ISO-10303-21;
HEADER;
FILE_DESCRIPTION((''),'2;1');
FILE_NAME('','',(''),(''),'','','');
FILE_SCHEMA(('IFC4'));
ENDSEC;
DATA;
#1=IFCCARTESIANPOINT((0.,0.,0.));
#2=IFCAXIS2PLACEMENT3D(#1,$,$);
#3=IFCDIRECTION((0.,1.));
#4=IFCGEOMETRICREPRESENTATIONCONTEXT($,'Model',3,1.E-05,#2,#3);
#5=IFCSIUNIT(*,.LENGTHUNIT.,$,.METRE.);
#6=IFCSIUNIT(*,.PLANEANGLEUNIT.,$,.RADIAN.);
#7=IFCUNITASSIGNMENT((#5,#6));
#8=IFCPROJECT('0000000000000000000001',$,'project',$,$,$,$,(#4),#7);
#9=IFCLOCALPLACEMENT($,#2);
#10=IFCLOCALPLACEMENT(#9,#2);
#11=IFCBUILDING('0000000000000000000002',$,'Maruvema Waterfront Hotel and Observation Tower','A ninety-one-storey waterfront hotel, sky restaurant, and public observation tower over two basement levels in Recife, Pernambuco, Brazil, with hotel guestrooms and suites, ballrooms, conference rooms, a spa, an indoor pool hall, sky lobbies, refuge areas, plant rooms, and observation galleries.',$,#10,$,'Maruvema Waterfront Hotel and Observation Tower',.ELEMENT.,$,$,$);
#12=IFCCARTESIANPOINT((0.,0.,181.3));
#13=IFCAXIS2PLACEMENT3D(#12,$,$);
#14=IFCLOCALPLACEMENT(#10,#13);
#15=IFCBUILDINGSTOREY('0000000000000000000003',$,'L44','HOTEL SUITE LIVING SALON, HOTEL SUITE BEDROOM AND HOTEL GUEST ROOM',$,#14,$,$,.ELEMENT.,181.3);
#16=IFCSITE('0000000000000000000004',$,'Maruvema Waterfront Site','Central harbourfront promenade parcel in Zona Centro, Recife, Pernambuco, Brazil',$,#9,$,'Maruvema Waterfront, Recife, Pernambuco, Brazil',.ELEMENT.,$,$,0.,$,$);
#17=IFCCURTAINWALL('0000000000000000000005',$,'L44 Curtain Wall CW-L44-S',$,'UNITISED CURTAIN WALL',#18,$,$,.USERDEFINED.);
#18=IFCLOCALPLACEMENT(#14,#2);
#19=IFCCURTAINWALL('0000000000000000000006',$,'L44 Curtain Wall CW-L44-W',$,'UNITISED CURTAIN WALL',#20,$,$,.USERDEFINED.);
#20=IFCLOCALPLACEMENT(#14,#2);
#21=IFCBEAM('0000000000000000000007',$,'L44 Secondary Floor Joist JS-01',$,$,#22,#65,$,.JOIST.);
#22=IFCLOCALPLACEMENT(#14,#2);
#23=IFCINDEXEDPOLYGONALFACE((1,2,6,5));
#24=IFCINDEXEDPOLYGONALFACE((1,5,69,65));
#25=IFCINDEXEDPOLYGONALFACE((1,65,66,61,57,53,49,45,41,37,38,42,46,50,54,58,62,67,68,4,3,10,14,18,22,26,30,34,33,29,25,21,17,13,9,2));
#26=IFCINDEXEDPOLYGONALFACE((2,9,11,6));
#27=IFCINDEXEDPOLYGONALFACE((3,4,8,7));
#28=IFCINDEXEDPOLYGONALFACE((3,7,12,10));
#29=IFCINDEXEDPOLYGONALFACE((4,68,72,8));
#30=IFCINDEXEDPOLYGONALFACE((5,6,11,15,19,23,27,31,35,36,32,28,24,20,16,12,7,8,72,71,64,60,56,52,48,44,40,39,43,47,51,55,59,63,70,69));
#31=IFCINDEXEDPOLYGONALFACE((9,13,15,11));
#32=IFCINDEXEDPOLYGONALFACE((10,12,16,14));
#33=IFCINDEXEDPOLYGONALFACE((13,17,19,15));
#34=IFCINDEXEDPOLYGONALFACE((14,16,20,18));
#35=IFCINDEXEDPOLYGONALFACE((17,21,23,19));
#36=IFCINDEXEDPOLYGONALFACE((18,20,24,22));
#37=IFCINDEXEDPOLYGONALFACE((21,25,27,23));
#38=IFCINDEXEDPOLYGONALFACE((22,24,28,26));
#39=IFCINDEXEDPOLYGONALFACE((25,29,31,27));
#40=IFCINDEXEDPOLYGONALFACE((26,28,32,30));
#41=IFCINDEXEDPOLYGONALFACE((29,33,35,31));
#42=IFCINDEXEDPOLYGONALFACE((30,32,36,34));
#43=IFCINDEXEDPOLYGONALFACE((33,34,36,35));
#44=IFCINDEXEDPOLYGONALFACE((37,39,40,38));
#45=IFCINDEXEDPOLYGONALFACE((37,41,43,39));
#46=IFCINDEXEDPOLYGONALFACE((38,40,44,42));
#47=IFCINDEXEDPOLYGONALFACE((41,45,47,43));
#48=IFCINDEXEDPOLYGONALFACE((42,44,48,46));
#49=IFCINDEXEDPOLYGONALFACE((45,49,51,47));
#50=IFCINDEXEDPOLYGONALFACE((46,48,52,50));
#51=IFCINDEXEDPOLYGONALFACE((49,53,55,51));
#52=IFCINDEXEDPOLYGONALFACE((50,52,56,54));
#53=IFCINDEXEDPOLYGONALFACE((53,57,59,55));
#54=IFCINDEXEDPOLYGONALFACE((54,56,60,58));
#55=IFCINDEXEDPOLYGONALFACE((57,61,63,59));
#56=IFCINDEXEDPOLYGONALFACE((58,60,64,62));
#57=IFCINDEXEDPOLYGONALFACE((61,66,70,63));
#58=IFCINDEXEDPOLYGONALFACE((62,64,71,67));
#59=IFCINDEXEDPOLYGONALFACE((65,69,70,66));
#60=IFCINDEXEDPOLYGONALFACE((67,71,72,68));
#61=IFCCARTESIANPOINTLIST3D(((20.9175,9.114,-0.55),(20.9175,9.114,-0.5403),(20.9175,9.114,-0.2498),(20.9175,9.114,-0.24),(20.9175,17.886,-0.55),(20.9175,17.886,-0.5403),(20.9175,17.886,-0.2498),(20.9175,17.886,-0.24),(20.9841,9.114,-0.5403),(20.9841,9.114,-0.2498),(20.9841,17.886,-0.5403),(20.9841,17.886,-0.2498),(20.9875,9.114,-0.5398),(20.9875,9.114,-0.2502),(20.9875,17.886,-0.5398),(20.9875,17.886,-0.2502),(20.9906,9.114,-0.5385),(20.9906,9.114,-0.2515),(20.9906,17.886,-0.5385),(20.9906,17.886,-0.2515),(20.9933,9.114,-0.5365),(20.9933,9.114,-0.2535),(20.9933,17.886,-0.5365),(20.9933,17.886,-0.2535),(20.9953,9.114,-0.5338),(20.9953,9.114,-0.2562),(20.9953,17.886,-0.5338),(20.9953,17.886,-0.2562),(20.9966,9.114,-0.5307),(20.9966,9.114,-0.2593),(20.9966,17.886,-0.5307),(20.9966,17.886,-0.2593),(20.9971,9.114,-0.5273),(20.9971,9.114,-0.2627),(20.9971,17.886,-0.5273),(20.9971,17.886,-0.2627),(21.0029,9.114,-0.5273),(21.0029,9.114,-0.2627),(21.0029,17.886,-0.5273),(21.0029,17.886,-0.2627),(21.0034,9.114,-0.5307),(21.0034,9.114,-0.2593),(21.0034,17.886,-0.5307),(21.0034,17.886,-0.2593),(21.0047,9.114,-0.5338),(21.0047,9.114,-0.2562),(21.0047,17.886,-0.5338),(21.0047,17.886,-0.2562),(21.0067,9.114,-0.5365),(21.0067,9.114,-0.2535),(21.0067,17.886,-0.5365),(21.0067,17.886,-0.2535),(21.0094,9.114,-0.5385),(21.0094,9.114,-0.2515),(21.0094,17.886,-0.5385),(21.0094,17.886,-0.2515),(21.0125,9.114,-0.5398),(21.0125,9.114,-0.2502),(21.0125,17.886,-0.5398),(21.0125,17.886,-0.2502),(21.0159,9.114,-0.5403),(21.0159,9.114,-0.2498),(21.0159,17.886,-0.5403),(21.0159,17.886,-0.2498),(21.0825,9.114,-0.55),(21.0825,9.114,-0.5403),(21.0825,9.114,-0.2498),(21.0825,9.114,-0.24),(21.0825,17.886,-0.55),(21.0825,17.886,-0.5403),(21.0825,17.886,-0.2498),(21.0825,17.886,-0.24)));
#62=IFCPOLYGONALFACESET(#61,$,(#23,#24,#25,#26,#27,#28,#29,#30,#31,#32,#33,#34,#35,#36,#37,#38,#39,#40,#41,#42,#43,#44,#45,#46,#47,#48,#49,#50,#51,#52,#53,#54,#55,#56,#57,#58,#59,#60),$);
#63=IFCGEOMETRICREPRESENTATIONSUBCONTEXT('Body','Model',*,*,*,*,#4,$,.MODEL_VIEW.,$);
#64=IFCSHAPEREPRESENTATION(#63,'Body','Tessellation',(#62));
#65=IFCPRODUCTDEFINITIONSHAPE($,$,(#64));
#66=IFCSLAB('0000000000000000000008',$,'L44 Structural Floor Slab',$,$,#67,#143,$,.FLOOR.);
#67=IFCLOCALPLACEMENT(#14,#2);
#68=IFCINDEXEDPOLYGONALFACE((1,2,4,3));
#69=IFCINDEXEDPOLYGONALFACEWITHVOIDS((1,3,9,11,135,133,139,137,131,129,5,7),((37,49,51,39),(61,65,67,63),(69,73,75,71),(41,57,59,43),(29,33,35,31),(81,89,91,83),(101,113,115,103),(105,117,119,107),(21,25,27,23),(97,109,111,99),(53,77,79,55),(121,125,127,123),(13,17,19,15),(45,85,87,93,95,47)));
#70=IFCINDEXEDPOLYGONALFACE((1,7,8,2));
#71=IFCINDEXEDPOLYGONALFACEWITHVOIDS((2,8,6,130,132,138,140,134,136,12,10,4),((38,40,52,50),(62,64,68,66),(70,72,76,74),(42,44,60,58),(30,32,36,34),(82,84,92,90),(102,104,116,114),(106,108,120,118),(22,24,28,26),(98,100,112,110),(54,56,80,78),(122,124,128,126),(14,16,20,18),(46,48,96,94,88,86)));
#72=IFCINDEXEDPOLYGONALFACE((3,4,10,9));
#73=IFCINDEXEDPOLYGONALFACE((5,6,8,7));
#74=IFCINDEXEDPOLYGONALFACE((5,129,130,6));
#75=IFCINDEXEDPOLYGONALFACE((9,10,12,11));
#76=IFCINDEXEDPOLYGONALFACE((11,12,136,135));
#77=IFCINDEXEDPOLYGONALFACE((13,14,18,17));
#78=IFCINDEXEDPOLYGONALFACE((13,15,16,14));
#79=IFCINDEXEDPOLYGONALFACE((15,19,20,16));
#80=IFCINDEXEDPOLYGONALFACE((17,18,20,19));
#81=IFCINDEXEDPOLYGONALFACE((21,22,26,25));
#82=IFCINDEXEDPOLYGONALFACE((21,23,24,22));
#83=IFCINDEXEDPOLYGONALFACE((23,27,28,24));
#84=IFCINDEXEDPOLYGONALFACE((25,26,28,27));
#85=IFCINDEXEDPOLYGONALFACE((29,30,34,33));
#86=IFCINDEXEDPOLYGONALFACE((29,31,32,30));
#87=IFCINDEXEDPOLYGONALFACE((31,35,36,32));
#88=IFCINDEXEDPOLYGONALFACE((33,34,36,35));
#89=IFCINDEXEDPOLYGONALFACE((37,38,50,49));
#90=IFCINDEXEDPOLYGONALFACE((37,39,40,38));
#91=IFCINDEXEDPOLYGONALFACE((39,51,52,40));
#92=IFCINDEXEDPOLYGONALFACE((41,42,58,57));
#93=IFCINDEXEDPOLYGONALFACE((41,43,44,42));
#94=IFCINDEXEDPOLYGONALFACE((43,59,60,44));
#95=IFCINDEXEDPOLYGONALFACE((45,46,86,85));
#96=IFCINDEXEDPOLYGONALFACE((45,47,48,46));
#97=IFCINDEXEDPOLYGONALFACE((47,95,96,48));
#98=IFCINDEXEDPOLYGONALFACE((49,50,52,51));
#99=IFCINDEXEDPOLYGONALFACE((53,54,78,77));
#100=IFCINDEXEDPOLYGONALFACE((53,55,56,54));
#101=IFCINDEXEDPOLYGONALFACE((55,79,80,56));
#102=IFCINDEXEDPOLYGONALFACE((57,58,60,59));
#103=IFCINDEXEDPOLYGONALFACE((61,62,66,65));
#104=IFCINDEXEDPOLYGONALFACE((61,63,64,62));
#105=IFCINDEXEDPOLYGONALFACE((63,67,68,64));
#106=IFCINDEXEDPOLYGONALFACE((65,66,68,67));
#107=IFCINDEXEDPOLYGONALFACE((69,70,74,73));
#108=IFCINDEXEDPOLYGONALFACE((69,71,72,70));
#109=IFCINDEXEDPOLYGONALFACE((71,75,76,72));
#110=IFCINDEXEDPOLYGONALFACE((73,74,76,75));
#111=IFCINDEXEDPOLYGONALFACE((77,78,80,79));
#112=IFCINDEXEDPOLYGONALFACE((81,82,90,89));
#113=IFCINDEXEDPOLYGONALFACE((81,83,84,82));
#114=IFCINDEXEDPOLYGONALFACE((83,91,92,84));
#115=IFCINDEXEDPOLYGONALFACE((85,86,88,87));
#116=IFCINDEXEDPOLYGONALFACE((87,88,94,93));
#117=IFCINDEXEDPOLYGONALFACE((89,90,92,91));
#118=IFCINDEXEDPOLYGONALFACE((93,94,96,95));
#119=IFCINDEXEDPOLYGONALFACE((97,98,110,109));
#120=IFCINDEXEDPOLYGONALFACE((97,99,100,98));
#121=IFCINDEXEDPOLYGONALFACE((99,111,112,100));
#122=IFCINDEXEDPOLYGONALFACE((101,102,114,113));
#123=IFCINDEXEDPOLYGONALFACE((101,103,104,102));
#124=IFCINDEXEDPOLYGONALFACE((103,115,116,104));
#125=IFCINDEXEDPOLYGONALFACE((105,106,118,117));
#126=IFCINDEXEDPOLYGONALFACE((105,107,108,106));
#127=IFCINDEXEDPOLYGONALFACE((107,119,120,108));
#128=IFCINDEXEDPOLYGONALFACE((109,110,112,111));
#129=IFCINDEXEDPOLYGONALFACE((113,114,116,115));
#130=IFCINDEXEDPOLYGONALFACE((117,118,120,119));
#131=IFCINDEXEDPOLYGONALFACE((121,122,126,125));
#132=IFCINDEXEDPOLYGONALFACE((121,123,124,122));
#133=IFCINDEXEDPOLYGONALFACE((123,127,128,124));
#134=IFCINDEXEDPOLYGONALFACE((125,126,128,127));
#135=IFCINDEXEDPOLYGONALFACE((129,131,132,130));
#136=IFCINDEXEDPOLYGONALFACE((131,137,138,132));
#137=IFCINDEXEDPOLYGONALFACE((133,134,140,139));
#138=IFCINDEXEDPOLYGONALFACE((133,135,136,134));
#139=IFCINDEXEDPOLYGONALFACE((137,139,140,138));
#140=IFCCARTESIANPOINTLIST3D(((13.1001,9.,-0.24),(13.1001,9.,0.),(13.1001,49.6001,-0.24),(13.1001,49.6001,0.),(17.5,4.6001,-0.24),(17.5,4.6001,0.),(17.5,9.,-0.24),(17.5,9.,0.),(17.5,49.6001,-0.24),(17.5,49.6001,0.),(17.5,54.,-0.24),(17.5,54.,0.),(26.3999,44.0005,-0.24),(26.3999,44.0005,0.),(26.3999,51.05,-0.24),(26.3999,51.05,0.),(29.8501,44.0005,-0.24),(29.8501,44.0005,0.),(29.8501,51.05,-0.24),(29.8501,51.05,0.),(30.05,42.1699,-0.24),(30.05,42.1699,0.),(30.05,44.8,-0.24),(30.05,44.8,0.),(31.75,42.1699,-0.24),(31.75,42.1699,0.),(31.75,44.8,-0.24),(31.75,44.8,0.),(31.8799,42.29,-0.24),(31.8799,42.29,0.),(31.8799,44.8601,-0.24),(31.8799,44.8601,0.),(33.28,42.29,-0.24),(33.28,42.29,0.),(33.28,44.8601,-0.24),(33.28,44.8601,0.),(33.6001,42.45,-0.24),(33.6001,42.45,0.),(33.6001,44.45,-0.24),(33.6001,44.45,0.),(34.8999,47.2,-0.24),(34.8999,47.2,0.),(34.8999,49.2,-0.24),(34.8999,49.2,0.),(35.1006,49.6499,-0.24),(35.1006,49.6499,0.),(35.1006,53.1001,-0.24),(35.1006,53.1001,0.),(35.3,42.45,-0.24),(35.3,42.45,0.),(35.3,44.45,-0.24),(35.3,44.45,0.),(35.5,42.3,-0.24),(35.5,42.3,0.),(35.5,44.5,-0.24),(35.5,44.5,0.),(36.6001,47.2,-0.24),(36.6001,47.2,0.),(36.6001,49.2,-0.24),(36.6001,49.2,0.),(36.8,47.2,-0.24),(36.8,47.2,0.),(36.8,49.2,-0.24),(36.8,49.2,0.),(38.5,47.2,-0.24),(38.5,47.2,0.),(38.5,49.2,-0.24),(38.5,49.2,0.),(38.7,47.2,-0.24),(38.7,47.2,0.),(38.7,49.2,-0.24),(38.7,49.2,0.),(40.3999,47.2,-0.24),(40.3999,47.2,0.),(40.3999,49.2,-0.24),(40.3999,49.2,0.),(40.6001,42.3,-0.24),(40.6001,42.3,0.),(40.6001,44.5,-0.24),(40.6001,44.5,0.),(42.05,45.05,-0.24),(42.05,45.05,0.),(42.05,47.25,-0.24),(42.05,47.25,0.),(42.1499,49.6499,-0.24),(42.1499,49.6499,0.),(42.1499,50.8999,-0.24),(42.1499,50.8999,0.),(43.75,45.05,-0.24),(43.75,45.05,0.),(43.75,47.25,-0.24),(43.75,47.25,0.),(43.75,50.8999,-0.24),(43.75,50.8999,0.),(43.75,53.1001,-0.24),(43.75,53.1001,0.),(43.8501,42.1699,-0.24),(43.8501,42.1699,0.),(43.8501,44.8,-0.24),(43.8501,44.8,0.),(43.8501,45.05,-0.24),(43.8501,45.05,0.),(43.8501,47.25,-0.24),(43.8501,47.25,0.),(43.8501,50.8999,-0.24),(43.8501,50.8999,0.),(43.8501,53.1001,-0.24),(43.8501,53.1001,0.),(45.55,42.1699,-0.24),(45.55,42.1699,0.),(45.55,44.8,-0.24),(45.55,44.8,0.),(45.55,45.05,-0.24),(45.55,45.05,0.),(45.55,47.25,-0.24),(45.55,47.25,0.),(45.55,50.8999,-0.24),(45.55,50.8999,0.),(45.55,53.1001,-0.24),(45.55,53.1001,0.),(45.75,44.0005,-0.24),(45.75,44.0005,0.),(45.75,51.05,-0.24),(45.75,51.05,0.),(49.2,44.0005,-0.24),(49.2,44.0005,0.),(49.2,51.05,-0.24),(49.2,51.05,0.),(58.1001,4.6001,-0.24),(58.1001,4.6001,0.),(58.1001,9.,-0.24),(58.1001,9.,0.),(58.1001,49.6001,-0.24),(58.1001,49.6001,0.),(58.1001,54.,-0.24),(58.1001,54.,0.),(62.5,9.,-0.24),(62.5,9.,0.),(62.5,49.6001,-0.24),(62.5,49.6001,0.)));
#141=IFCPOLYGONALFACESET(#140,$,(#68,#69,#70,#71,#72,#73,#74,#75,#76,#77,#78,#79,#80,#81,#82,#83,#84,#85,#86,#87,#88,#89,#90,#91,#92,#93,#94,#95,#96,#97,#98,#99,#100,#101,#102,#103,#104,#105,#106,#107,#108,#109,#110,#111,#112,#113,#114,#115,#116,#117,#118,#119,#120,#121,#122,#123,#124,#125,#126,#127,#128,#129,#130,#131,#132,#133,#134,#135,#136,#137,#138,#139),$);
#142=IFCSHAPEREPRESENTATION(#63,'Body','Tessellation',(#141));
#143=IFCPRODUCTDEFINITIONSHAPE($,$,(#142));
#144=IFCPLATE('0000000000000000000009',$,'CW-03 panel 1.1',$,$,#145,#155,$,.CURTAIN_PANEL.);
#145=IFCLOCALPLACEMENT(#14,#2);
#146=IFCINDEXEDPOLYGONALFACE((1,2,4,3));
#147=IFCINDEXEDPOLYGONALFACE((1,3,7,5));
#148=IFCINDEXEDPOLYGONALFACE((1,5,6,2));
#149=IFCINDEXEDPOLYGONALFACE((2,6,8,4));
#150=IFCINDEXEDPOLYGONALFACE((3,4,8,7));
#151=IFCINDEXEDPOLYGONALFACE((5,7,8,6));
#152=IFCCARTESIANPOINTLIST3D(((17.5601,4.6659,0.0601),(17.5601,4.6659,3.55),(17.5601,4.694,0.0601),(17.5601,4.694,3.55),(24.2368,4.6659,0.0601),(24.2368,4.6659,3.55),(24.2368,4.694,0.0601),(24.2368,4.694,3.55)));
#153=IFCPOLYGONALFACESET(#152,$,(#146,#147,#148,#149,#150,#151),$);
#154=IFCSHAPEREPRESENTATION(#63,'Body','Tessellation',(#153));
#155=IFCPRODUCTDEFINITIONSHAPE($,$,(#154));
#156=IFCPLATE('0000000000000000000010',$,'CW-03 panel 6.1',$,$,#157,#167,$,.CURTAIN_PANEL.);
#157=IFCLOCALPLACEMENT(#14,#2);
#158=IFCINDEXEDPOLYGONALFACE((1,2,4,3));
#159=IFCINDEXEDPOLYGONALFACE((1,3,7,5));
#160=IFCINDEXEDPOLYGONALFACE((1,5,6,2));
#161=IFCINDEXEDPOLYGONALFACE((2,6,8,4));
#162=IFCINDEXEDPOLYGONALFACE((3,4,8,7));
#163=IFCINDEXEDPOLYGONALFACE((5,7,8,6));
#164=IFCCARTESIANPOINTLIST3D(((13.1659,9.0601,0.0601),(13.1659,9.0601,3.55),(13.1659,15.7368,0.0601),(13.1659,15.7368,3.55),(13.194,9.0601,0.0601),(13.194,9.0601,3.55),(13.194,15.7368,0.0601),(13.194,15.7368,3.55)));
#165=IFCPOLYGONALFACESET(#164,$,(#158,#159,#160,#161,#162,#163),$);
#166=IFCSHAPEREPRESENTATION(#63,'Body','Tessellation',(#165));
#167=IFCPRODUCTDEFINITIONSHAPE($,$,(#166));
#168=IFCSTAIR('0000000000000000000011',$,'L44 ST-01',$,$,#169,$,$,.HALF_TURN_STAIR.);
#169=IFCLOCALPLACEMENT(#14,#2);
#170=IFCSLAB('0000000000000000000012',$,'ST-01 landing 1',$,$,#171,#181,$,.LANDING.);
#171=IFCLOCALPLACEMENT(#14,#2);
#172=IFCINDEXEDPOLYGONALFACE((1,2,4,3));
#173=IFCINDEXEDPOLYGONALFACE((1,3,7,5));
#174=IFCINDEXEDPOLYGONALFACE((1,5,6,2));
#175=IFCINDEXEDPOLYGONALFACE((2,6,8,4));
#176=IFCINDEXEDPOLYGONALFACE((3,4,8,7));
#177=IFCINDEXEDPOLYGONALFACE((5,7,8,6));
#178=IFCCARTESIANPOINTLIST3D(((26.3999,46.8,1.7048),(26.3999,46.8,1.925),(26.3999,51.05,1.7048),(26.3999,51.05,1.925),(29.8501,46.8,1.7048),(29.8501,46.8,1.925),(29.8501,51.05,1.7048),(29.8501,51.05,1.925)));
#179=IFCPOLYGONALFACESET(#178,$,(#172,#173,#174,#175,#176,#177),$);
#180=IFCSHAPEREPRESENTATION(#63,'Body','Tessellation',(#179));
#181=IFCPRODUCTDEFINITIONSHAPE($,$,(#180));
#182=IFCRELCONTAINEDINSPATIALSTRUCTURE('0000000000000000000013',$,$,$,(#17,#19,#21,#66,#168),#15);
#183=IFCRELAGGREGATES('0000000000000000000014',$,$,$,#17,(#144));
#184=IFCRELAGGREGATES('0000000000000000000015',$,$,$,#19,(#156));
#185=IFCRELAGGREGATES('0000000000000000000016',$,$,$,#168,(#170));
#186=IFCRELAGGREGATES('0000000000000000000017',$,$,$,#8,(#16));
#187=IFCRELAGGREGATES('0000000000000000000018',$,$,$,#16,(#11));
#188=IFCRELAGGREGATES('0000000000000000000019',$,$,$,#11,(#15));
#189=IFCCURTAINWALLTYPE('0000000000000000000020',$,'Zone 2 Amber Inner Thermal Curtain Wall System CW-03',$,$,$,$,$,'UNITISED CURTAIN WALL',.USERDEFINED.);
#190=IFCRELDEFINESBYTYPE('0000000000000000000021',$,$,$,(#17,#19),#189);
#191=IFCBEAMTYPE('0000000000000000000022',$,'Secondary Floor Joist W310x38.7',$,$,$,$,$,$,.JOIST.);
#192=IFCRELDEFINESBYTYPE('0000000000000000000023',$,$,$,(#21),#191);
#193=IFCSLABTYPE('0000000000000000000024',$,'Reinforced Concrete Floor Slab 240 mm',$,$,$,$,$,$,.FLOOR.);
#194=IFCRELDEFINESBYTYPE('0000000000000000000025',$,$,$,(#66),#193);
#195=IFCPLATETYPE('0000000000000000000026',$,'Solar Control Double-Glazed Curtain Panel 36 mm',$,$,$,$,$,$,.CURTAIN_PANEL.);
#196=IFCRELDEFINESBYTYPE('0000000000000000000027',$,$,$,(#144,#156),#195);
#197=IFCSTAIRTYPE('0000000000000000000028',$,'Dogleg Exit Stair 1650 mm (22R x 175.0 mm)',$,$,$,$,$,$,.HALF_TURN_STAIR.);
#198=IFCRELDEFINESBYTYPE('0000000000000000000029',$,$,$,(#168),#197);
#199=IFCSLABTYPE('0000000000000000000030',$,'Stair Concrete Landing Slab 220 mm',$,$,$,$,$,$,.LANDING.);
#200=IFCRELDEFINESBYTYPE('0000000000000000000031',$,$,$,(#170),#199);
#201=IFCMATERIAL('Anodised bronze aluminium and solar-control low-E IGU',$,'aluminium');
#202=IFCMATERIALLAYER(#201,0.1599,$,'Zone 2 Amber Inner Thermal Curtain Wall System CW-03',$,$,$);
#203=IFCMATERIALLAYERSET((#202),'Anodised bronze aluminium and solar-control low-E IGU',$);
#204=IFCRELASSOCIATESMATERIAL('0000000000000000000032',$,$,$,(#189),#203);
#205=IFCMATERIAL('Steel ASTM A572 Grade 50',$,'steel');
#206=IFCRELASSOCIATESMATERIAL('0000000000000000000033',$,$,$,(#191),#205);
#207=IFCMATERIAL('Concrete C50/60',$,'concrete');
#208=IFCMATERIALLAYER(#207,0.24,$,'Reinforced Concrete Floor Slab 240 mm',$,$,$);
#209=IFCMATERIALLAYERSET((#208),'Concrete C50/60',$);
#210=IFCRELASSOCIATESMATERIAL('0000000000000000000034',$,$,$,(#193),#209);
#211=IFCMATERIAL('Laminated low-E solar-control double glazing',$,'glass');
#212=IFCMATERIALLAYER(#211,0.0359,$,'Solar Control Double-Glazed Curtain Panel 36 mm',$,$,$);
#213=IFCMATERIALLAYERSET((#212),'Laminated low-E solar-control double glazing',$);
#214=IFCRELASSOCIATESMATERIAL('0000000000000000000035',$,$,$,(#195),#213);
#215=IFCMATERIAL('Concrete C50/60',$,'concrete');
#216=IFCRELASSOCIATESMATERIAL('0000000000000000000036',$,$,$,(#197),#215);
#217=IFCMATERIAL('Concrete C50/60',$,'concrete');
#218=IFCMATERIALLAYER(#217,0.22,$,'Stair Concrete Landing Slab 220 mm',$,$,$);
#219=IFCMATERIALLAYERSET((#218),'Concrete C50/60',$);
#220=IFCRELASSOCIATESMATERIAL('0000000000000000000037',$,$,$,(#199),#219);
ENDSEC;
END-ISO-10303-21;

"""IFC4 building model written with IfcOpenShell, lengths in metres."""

from ifc_helpers import new_model, si_unit, direction, frame, origin, origin_2d, place, context, subcontext, project, spatial, polyline, rectangle, i_section, outline, extrude, material, layer, layer_set, material_profile, profile_set, type_object, element, aggregate, save


model = new_model("IFC4")

# Units and contexts
model_context = context("Model", 3, precision=1e-05, world=origin(), true_north=direction((0.0, 1.0)))
body_context = subcontext(model_context, "Body", "Model", "MODEL_VIEW")
ifc_project = project(units=[si_unit("LENGTHUNIT", "METRE"), si_unit("PLANEANGLEUNIT", "RADIAN")], contexts=[model_context])

# Site, building, storey
site_placement = place(None, origin())
site = spatial("IfcSite", under=ifc_project, at=site_placement, Name="Maruvema Waterfront Site", Description="Central harbourfront promenade parcel in Zona Centro, Recife, Pernambuco, Brazil", LongName="Maruvema Waterfront, Recife, Pernambuco, Brazil", CompositionType="ELEMENT", RefElevation=0.0)
building_placement = place(site_placement, origin())
building = spatial("IfcBuilding", under=site, at=building_placement, Name="Maruvema Waterfront Hotel and Observation Tower", Description="A ninety-one-storey waterfront hotel, sky restaurant, and public observation tower over two basement levels in Recife, Pernambuco, Brazil, with hotel guestrooms and suites, ballrooms, conference rooms, a spa, an indoor pool hall, sky lobbies, refuge areas, plant rooms, and observation galleries.", LongName="Maruvema Waterfront Hotel and Observation Tower", CompositionType="ELEMENT")
storey_placement = place(building_placement, frame((0.0, 0.0, 181.3)))
storey = spatial("IfcBuildingStorey", under=building, at=storey_placement, Name="L44", Description="HOTEL SUITE LIVING SALON, HOTEL SUITE BEDROOM AND HOTEL GUEST ROOM", CompositionType="ELEMENT", Elevation=181.3)

# Curtain walls
ifc_material_1 = material(Name="Anodised bronze aluminium and solar-control low-E IGU", Category="aluminium")
ifc_layer_1 = layer(ifc_material_1, 0.1599, Name="Zone 2 Amber Inner Thermal Curtain Wall System CW-03")
ifc_layer_set_1 = layer_set([ifc_layer_1], Name="Anodised bronze aluminium and solar-control low-E IGU")
curtain_wall_type = type_object("IfcCurtainWallType", Name="Zone 2 Amber Inner Thermal Curtain Wall System CW-03", ElementType="UNITISED CURTAIN WALL", PredefinedType="USERDEFINED", material=ifc_layer_set_1)
curtain_wall_1_placement = place(storey_placement, origin())
curtain_wall_1 = element("IfcCurtainWall", 1, at=curtain_wall_1_placement, inside=storey, type_object=curtain_wall_type, Name="L44 Curtain Wall CW-L44-S", ObjectType="UNITISED CURTAIN WALL", PredefinedType="USERDEFINED")
curtain_wall_2_placement = place(storey_placement, origin())
curtain_wall_2 = element("IfcCurtainWall", 2, at=curtain_wall_2_placement, inside=storey, type_object=curtain_wall_type, Name="L44 Curtain Wall CW-L44-W", ObjectType="UNITISED CURTAIN WALL", PredefinedType="USERDEFINED")

# Beam
ifc_material_2 = material(Name="Steel ASTM A572 Grade 50", Category="steel")
ifc_material_profile_1 = material_profile(ifc_material_2, i_section(OverallWidth=0.165, OverallDepth=0.3101, WebThickness=0.0059, FlangeThickness=0.0098, FilletRadius=0.0129, at=origin_2d()), Name="W310x38.7")
ifc_profile_set_1 = profile_set([ifc_material_profile_1], Name="Steel ASTM A572 Grade 50")
beam_type_1 = type_object("IfcBeamType", Name="Secondary Floor Joist W310x38.7", PredefinedType="JOIST", material=ifc_profile_set_1)
beam_1_placement = place(storey_placement, frame((21.0, 9.114, -0.395), z_axis=(0.0, 1.0, 0.0), x_axis=(-1.0, 0.0, 0.0)))
element("IfcBeam", 3, at=beam_1_placement, inside=storey, type_object=beam_type_1, Name="L44 Secondary Floor Joist JS-01", PredefinedType="JOIST", context=body_context, shape_type="SweptSolid", body=[
    extrude(i_section(OverallWidth=0.165, OverallDepth=0.3101, WebThickness=0.0059, FlangeThickness=0.0098, FilletRadius=0.0129, at=origin_2d()), origin(), (0.0, 0.0, 1.0), 8.772),
])

# Slab
ifc_material_3 = material(Name="Concrete C50/60", Category="concrete")
ifc_layer_2 = layer(ifc_material_3, 0.24, Name="Reinforced Concrete Floor Slab 240 mm")
ifc_layer_set_2 = layer_set([ifc_layer_2], Name="Concrete C50/60")
slab_type_1 = type_object("IfcSlabType", Name="Reinforced Concrete Floor Slab 240 mm", PredefinedType="FLOOR", material=ifc_layer_set_2)
slab_1_placement = place(storey_placement, frame((0.0, 0.0, -0.24)))
element("IfcSlab", 4, at=slab_1_placement, inside=storey, type_object=slab_type_1, Name="L44 Structural Floor Slab", PredefinedType="FLOOR", context=body_context, shape_type="SweptSolid", body=[
    extrude(outline(polyline([(17.5, 4.6001), (58.1001, 4.6001), (58.1001, 9.0), (62.5, 9.0), (62.5, 49.6001), (58.1001, 49.6001), (58.1001, 54.0), (17.5, 54.0), (17.5, 49.6001), (13.1001, 49.6001), (13.1001, 9.0), (17.5, 9.0), (17.5, 4.6001)]), holes=[polyline([(26.3999, 44.0005), (26.3999, 51.05), (29.8501, 51.05), (29.8501, 44.0005), (26.3999, 44.0005)]), polyline([(30.05, 44.8), (31.75, 44.8), (31.75, 42.1699), (30.05, 42.1699), (30.05, 44.8)]), polyline([(31.8799, 44.8601), (33.28, 44.8601), (33.28, 42.29), (31.8799, 42.29), (31.8799, 44.8601)]), polyline([(33.6001, 44.45), (35.3, 44.45), (35.3, 42.45), (33.6001, 42.45), (33.6001, 44.45)]), polyline([(34.8999, 49.2), (36.6001, 49.2), (36.6001, 47.2), (34.8999, 47.2), (34.8999, 49.2)]), polyline([(36.8, 49.2), (38.5, 49.2), (38.5, 47.2), (36.8, 47.2), (36.8, 49.2)]), polyline([(35.5, 42.3), (35.5, 44.5), (40.6001, 44.5), (40.6001, 42.3), (35.5, 42.3)]), polyline([(35.1006, 53.1001), (43.75, 53.1001), (43.75, 50.8999), (42.1499, 50.8999), (42.1499, 49.6499), (35.1006, 49.6499), (35.1006, 53.1001)]), polyline([(38.7, 49.2), (40.3999, 49.2), (40.3999, 47.2), (38.7, 47.2), (38.7, 49.2)]), polyline([(42.05, 47.25), (43.75, 47.25), (43.75, 45.05), (42.05, 45.05), (42.05, 47.25)]), polyline([(43.8501, 44.8), (45.55, 44.8), (45.55, 42.1699), (43.8501, 42.1699), (43.8501, 44.8)]), polyline([(43.8501, 47.25), (45.55, 47.25), (45.55, 45.05), (43.8501, 45.05), (43.8501, 47.25)]), polyline([(45.55, 53.1001), (45.55, 50.8999), (43.8501, 50.8999), (43.8501, 53.1001), (45.55, 53.1001)]), polyline([(45.75, 44.0005), (45.75, 51.05), (49.2, 51.05), (49.2, 44.0005), (45.75, 44.0005)])]), origin(), (0.0, 0.0, 1.0), 0.24),
])

# Plates
ifc_material_4 = material(Name="Laminated low-E solar-control double glazing", Category="glass")
ifc_layer_3 = layer(ifc_material_4, 0.0359, Name="Solar Control Double-Glazed Curtain Panel 36 mm")
ifc_layer_set_3 = layer_set([ifc_layer_3], Name="Laminated low-E solar-control double glazing")
plate_type = type_object("IfcPlateType", Name="Solar Control Double-Glazed Curtain Panel 36 mm", PredefinedType="CURTAIN_PANEL", material=ifc_layer_set_3)
plate_1_placement = place(storey_placement, frame((20.8984, 4.6799, 0.0601), z_axis=(0.0, 0.0, 1.0), x_axis=(1.0, 0.0, 0.0)))
plate_1 = element("IfcPlate", 5, at=plate_1_placement, type_object=plate_type, Name="CW-03 panel 1.1", PredefinedType="CURTAIN_PANEL", context=body_context, shape_type="SweptSolid", body=[
    extrude(rectangle(XDim=6.6768, YDim=0.0281, at=origin_2d()), origin(), (0.0, 0.0, 1.0), 3.49),
])
aggregate(curtain_wall_1, [plate_1])
plate_2_placement = place(storey_placement, frame((13.1799, 12.3984, 0.0601), z_axis=(0.0, 0.0, 1.0), x_axis=(0.0, -1.0, 0.0)))
plate_2 = element("IfcPlate", 6, at=plate_2_placement, type_object=plate_type, Name="CW-03 panel 6.1", PredefinedType="CURTAIN_PANEL", context=body_context, shape_type="SweptSolid", body=[
    extrude(rectangle(XDim=6.6768, YDim=0.0281, at=origin_2d()), origin(), (0.0, 0.0, 1.0), 3.49),
])
aggregate(curtain_wall_2, [plate_2])

# Stair, slab
ifc_material_5 = material(Name="Concrete C50/60", Category="concrete")
stair_type = type_object("IfcStairType", Name="Dogleg Exit Stair 1650 mm (22R x 175.0 mm)", PredefinedType="HALF_TURN_STAIR", material=ifc_material_5)
stair_1_placement = place(storey_placement, origin())
stair_1 = element("IfcStair", 7, at=stair_1_placement, inside=storey, type_object=stair_type, Name="L44 ST-01", PredefinedType="HALF_TURN_STAIR")
ifc_material_6 = material(Name="Concrete C50/60", Category="concrete")
ifc_layer_4 = layer(ifc_material_6, 0.22, Name="Stair Concrete Landing Slab 220 mm")
ifc_layer_set_4 = layer_set([ifc_layer_4], Name="Concrete C50/60")
slab_type_2 = type_object("IfcSlabType", Name="Stair Concrete Landing Slab 220 mm", PredefinedType="LANDING", material=ifc_layer_set_4)
slab_2_placement = place(storey_placement, frame((0.0, 0.0, 1.7048)))
slab_2 = element("IfcSlab", 8, at=slab_2_placement, type_object=slab_type_2, Name="ST-01 landing 1", PredefinedType="LANDING", context=body_context, shape_type="SweptSolid", body=[
    extrude(outline(polyline([(29.8501, 46.8), (29.8501, 51.05), (26.3999, 51.05), (26.3999, 46.8), (29.8501, 46.8)])), origin(), (0.0, 0.0, 1.0), 0.2202),
])
aggregate(stair_1, [slab_2])

save(model, "model.ifc")
